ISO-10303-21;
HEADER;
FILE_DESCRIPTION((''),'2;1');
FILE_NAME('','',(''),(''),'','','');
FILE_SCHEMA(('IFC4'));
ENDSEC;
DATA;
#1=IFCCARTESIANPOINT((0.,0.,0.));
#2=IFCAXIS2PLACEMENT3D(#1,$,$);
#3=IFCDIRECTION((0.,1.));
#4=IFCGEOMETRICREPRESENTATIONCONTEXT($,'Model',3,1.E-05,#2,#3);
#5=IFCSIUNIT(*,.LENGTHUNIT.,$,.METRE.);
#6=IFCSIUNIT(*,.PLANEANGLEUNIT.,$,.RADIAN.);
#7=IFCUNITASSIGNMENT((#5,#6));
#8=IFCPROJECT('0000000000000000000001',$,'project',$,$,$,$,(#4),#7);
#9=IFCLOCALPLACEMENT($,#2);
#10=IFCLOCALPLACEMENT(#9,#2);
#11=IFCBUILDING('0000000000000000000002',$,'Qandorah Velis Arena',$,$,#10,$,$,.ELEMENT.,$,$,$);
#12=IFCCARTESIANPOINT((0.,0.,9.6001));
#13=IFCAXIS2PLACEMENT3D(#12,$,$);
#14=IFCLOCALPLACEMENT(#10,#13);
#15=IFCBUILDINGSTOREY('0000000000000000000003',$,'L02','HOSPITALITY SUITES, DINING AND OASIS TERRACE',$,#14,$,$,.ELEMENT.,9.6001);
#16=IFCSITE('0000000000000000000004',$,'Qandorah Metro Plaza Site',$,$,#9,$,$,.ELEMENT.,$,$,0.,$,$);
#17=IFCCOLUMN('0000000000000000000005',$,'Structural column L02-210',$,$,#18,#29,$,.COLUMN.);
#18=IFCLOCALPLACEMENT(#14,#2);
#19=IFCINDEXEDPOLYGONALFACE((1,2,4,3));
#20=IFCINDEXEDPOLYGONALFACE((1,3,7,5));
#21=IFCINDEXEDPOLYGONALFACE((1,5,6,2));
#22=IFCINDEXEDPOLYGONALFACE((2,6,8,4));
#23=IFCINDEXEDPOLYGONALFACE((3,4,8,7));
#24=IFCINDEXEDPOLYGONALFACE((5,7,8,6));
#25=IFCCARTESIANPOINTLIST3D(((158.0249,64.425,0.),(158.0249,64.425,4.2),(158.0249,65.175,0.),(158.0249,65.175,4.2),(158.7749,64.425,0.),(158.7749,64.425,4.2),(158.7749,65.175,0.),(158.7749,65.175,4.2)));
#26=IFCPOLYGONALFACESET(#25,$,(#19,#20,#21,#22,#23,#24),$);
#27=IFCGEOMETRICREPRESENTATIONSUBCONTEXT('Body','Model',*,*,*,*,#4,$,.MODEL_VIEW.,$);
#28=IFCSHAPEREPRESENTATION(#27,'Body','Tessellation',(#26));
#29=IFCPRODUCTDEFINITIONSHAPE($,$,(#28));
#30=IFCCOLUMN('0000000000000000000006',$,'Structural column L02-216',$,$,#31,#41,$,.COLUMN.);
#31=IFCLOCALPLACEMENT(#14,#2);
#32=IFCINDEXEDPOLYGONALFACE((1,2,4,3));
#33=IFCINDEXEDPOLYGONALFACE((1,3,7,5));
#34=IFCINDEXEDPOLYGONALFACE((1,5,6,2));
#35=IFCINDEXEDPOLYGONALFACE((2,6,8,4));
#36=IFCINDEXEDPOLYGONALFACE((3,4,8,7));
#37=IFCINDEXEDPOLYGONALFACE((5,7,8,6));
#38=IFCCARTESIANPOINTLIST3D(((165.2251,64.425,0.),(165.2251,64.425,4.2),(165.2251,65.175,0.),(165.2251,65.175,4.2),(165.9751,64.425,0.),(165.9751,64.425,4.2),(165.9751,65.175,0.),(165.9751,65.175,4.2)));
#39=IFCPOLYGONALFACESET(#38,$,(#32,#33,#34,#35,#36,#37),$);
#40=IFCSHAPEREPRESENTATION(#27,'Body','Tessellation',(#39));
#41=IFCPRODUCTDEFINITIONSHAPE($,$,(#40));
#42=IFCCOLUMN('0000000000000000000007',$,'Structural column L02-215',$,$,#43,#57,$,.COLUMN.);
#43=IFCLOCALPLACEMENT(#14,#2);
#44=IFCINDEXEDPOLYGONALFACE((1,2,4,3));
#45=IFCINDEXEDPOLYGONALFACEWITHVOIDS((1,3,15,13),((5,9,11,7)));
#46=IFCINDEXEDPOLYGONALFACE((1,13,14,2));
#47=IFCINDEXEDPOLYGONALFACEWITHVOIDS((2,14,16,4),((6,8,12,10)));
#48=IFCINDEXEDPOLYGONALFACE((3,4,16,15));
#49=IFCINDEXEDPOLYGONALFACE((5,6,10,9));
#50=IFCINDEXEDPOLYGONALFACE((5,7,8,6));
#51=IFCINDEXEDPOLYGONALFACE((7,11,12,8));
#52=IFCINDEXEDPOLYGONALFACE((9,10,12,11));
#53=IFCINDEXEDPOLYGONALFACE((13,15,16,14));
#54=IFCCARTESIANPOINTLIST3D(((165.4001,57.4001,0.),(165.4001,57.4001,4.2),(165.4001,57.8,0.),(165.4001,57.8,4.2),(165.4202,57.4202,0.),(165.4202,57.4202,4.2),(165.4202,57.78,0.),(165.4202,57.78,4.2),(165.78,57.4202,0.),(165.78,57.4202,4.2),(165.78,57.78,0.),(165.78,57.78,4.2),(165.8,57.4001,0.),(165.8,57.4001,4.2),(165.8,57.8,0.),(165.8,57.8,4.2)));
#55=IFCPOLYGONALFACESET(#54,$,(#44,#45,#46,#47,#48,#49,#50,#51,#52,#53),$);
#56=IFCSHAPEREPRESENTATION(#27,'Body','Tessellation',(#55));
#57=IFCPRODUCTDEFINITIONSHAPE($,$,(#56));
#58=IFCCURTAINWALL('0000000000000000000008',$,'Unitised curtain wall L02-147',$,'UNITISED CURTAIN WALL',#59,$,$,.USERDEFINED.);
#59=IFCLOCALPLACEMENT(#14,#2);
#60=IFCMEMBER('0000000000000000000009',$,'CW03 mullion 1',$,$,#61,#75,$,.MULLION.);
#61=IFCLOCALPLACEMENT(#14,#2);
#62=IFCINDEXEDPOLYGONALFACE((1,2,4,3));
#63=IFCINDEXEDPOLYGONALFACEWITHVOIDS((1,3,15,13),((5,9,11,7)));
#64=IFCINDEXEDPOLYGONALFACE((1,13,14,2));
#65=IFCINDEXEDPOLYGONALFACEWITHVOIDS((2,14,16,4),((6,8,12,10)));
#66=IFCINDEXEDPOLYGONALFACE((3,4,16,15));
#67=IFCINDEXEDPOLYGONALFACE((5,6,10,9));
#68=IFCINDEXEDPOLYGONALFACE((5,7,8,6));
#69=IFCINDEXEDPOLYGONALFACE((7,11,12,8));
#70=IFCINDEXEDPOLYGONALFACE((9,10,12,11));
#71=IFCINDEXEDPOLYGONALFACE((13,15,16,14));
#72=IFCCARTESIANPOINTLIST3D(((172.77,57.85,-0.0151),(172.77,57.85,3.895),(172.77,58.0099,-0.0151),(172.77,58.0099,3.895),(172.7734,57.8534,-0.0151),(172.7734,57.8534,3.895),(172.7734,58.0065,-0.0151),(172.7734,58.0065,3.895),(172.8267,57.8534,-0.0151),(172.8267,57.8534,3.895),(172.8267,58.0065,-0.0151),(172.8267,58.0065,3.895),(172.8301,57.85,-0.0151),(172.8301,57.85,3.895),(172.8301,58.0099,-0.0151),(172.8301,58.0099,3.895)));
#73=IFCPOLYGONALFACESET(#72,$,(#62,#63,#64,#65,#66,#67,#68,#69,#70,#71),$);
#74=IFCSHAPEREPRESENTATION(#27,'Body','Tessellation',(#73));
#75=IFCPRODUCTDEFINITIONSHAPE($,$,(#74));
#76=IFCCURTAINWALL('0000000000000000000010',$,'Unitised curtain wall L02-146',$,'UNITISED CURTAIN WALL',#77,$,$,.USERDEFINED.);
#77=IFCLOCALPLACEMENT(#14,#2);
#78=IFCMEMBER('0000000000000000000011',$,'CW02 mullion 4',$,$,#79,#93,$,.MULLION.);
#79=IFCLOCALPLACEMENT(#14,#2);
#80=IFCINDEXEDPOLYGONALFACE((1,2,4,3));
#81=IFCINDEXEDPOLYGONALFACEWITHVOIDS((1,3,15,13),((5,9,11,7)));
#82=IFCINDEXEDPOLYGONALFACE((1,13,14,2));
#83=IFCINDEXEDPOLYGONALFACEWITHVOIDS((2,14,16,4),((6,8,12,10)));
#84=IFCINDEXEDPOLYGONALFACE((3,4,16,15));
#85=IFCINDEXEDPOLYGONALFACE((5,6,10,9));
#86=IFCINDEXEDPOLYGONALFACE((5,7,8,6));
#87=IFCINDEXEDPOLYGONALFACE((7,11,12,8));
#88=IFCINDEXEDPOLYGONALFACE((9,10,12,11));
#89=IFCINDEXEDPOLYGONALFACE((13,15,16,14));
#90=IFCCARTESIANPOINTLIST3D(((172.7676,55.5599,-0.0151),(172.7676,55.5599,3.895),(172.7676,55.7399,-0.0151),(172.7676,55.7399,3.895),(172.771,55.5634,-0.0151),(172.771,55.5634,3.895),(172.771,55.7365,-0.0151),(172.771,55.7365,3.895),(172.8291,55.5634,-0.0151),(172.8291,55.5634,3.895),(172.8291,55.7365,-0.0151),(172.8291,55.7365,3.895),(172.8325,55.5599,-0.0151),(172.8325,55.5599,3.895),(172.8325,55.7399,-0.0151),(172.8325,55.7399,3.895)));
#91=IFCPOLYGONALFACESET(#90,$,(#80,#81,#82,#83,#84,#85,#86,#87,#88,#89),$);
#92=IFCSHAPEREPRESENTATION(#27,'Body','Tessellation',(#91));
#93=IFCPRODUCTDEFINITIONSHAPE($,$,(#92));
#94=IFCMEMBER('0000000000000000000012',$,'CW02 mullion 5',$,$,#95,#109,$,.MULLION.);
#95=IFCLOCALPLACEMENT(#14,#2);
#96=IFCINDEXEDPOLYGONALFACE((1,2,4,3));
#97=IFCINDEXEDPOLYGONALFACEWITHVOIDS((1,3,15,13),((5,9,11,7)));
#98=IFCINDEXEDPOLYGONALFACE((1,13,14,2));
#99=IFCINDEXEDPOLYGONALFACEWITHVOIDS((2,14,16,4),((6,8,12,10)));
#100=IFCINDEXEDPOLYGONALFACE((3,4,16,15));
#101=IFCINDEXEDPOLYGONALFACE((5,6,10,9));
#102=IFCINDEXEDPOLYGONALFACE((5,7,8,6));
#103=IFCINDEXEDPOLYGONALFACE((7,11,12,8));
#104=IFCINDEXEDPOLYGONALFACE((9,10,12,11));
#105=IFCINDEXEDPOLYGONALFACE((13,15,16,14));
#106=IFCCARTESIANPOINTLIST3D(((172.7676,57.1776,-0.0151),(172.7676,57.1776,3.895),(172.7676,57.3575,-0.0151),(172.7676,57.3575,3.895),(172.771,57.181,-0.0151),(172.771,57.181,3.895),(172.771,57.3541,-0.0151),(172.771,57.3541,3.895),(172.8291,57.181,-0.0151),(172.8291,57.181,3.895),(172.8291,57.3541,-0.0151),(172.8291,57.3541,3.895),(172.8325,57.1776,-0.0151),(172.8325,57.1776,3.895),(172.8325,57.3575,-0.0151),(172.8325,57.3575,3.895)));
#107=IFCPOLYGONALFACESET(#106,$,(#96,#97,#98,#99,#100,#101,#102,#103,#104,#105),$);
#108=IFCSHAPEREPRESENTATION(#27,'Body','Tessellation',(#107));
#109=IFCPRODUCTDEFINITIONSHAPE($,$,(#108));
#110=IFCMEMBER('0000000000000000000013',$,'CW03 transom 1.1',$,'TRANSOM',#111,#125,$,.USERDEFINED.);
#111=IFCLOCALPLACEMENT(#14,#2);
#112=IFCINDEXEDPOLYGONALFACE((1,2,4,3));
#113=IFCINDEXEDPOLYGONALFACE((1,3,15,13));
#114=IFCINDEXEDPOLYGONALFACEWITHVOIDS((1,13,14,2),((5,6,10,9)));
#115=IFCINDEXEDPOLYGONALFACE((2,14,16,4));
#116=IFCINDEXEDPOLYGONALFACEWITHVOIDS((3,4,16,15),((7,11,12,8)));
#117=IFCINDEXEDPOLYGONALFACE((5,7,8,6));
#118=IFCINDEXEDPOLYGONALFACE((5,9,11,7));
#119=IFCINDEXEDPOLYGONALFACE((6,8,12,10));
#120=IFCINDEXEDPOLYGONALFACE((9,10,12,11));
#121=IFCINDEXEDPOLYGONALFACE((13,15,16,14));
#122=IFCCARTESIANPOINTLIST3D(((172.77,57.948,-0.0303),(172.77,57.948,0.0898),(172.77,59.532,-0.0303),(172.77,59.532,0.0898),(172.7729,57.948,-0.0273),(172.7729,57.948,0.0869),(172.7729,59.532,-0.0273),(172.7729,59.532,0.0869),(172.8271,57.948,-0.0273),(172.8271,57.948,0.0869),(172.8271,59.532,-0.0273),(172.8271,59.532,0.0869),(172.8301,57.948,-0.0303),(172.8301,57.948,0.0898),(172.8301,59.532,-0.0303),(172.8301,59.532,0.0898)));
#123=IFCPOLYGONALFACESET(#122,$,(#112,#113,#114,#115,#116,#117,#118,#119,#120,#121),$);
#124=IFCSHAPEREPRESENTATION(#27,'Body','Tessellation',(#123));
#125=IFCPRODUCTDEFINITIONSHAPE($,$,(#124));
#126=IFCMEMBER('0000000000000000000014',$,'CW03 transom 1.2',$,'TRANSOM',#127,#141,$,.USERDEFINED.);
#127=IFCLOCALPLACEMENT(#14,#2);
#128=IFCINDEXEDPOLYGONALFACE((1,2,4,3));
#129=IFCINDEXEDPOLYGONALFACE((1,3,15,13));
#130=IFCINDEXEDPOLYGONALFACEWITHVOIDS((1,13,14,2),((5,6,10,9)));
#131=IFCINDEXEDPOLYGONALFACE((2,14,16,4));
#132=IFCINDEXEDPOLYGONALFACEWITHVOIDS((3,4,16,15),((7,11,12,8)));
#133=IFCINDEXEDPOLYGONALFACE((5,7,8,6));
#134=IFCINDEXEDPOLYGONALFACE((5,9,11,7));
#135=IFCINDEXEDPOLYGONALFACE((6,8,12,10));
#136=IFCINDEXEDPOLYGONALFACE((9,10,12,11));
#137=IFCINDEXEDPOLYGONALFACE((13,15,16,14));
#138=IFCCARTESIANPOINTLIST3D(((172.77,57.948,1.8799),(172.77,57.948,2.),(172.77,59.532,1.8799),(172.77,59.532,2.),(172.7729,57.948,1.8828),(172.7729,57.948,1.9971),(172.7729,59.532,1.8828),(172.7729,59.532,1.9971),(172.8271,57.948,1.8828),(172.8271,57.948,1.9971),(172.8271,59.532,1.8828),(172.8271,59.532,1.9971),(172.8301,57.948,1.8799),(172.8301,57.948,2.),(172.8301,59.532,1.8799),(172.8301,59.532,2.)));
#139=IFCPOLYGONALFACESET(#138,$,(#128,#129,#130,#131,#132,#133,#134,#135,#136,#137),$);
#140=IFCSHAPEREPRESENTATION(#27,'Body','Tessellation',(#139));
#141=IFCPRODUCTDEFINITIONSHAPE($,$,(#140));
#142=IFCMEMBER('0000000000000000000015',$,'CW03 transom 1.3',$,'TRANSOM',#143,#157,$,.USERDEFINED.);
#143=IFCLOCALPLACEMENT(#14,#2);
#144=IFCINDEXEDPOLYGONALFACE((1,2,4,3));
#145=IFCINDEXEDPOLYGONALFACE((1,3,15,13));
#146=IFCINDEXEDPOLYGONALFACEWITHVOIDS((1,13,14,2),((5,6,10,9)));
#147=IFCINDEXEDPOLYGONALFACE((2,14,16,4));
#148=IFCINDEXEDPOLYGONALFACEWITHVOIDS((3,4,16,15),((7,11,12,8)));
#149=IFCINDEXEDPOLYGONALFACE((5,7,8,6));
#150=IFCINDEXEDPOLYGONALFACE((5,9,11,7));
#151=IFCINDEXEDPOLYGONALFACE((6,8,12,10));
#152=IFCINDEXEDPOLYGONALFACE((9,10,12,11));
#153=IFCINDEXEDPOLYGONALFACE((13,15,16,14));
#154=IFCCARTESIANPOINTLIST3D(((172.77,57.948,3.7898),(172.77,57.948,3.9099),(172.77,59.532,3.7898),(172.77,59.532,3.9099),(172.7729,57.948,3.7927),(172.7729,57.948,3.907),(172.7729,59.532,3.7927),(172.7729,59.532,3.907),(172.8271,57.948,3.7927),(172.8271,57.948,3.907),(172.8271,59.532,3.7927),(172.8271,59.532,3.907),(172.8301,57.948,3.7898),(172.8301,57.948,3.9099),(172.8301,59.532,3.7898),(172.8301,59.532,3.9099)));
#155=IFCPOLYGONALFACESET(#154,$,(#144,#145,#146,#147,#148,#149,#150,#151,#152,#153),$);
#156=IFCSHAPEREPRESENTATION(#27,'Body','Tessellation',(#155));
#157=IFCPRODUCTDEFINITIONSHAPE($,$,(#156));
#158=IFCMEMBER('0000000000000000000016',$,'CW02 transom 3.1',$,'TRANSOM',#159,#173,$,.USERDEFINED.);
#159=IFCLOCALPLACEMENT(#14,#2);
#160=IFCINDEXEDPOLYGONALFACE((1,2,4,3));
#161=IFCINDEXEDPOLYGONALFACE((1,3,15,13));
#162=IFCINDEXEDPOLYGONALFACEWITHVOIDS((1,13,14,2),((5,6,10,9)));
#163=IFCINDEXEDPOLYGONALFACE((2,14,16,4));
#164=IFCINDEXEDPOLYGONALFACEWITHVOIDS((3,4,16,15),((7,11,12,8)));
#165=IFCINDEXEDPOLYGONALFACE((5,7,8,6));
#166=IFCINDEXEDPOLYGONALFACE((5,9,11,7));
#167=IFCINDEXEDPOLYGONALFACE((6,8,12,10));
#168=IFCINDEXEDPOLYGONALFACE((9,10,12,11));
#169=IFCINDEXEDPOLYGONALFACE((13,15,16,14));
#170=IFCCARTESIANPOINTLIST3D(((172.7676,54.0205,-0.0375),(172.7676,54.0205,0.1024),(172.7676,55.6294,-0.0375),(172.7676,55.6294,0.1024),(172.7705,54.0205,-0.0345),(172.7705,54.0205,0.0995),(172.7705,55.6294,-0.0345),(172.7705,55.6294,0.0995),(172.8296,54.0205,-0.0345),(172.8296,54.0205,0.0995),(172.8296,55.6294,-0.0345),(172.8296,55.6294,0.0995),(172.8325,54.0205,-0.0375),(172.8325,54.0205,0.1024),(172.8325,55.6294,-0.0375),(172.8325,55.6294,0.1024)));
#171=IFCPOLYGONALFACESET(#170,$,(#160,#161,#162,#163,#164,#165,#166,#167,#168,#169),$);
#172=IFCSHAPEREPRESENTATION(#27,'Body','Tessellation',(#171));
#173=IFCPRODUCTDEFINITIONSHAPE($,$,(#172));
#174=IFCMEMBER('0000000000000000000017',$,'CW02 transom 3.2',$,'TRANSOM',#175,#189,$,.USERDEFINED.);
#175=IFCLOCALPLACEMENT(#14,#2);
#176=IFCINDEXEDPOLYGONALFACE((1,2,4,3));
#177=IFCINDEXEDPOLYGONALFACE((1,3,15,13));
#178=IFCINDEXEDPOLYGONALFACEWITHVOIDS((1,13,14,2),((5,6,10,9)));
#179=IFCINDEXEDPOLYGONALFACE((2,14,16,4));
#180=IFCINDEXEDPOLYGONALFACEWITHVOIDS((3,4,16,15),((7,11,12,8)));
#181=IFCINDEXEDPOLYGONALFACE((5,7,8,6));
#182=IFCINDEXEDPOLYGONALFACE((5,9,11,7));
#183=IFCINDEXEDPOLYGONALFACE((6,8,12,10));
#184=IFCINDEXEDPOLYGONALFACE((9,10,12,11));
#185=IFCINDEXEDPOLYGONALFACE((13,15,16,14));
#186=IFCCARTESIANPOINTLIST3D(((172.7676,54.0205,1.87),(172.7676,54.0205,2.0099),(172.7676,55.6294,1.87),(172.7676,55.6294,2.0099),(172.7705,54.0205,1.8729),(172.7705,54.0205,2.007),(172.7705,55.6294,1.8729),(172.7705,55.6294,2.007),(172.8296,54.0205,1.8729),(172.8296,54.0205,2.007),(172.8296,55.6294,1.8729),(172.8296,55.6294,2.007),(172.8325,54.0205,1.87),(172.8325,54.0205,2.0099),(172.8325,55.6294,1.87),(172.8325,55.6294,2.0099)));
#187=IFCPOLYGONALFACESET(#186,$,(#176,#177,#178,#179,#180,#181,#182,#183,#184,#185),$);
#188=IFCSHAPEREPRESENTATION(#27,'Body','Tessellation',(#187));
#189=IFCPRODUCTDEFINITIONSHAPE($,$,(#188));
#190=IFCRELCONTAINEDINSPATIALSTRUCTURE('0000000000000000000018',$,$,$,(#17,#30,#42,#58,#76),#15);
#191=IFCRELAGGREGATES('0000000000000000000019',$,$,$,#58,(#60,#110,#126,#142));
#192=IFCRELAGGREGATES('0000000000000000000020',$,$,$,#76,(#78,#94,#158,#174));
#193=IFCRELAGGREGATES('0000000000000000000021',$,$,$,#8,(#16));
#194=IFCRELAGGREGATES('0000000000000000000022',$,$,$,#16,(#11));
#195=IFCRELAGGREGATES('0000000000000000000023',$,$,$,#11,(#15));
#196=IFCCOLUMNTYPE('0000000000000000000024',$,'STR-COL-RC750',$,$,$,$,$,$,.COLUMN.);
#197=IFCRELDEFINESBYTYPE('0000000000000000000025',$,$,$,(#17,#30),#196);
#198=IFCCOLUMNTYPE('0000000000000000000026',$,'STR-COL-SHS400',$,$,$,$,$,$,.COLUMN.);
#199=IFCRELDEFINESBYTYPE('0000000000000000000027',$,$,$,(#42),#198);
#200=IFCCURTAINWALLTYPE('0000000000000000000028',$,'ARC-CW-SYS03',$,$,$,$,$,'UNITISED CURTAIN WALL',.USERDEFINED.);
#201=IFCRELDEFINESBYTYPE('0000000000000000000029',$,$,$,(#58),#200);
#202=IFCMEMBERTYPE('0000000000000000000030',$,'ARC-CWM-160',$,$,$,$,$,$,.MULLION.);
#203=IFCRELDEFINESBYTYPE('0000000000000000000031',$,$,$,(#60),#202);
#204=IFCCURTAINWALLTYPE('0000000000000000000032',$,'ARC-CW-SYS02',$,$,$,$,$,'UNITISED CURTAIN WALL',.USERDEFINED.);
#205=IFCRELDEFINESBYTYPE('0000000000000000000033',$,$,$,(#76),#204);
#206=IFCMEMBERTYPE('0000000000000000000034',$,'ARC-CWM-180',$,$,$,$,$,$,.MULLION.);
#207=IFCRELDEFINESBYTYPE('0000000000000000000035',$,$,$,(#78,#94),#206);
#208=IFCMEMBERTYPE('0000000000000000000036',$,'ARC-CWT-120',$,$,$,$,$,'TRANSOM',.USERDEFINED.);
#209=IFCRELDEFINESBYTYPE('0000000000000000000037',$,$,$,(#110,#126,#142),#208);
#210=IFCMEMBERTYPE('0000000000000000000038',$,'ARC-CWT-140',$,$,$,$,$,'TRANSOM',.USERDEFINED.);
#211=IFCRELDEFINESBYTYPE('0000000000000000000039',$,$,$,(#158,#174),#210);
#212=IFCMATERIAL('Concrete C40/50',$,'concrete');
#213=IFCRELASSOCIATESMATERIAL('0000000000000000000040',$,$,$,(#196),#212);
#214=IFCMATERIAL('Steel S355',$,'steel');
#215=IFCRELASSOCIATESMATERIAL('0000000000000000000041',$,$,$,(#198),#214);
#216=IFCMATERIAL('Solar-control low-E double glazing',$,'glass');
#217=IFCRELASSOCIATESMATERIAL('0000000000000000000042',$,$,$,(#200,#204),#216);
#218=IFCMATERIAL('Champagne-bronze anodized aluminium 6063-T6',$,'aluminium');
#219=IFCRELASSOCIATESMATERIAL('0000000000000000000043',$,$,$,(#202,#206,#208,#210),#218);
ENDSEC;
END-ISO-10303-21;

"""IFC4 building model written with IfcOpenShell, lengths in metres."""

from ifc_helpers import new_model, si_unit, direction, frame, origin, origin_2d, place, context, subcontext, project, spatial, rectangle, hollow_rectangle, extrude, material, material_profile, profile_set, type_object, element, aggregate, save


model = new_model("IFC4")

# Units and contexts
model_context = context("Model", 3, precision=1e-05, world=origin(), true_north=direction((0.0, 1.0)))
body_context = subcontext(model_context, "Body", "Model", "MODEL_VIEW")
ifc_project = project(units=[si_unit("LENGTHUNIT", "METRE"), si_unit("PLANEANGLEUNIT", "RADIAN")], contexts=[model_context])

# Site, building, storey
site_placement = place(None, origin())
site = spatial("IfcSite", under=ifc_project, at=site_placement, Name="Qandorah Metro Plaza Site", CompositionType="ELEMENT", RefElevation=0.0)
building_placement = place(site_placement, origin())
building = spatial("IfcBuilding", under=site, at=building_placement, Name="Qandorah Velis Arena", CompositionType="ELEMENT")
storey_placement = place(building_placement, frame((0.0, 0.0, 9.6001)))
storey = spatial("IfcBuildingStorey", under=building, at=storey_placement, Name="L02", Description="HOSPITALITY SUITES, DINING AND OASIS TERRACE", CompositionType="ELEMENT", Elevation=9.6001)

# Columns
ifc_material_1 = material(Name="Concrete C40/50", Category="concrete")
ifc_material_profile_1 = material_profile(ifc_material_1, rectangle(XDim=0.75, YDim=0.75, at=origin_2d()), Name="RC COL 750x750")
ifc_profile_set_1 = profile_set([ifc_material_profile_1], Name="Concrete C40/50")
column_type_1 = type_object("IfcColumnType", Name="STR-COL-RC750", PredefinedType="COLUMN", material=ifc_profile_set_1)
for number, where, z_axis, x_axis, name in (
    (1, (158.3999, 64.8, 0.0), (0.0, 0.0, 1.0), (1.0, 0.0, 0.0), "Structural column L02-210"),
    (2, (165.6001, 64.8, 0.0), (0.0, 0.0, 1.0), (1.0, 0.0, 0.0), "Structural column L02-216"),
):
    element("IfcColumn", number, at=place(storey_placement, frame(where, z_axis=z_axis, x_axis=x_axis)), inside=storey, type_object=column_type_1, Name=name, PredefinedType="COLUMN", context=body_context, shape_type="SweptSolid", body=[
        extrude(rectangle(XDim=0.75, YDim=0.75, at=origin_2d()), origin(), (0.0, 0.0, 1.0), 4.2),
    ])
ifc_material_2 = material(Name="Steel S355", Category="steel")
ifc_material_profile_2 = material_profile(ifc_material_2, hollow_rectangle(XDim=0.3999, YDim=0.3999, WallThickness=0.02, at=origin_2d()), Name="SHS 400x400x20")
ifc_profile_set_2 = profile_set([ifc_material_profile_2], Name="Steel S355")
column_type_2 = type_object("IfcColumnType", Name="STR-COL-SHS400", PredefinedType="COLUMN", material=ifc_profile_set_2)
column_placement = place(storey_placement, frame((165.6001, 57.6001, 0.0), z_axis=(0.0, 0.0, 1.0), x_axis=(1.0, 0.0, 0.0)))
element("IfcColumn", 3, at=column_placement, inside=storey, type_object=column_type_2, Name="Structural column L02-215", PredefinedType="COLUMN", context=body_context, shape_type="SweptSolid", body=[
    extrude(hollow_rectangle(XDim=0.3999, YDim=0.3999, WallThickness=0.02, at=origin_2d()), origin(), (0.0, 0.0, 1.0), 4.2),
])

# Curtain wall, member
ifc_material_3 = material(Name="Solar-control low-E double glazing", Category="glass")
curtain_wall_type_1 = type_object("IfcCurtainWallType", Name="ARC-CW-SYS03", ElementType="UNITISED CURTAIN WALL", PredefinedType="USERDEFINED", material=ifc_material_3)
curtain_wall_1_placement = place(storey_placement, origin())
curtain_wall_1 = element("IfcCurtainWall", 4, at=curtain_wall_1_placement, inside=storey, type_object=curtain_wall_type_1, Name="Unitised curtain wall L02-147", ObjectType="UNITISED CURTAIN WALL", PredefinedType="USERDEFINED")
ifc_material_4 = material(Name="Champagne-bronze anodized aluminium 6063-T6", Category="aluminium")
ifc_material_profile_3 = material_profile(ifc_material_4, hollow_rectangle(XDim=0.0601, YDim=0.1599, WallThickness=0.0034, at=origin_2d()), Name="ALU MULLION 60x160")
ifc_profile_set_3 = profile_set([ifc_material_profile_3], Name="Champagne-bronze anodized aluminium 6063-T6")
member_type_1 = type_object("IfcMemberType", Name="ARC-CWM-160", PredefinedType="MULLION", material=ifc_profile_set_3)
member_1_placement = place(storey_placement, frame((172.8, 57.9299, -0.0151), z_axis=(0.0, 0.0, 1.0), x_axis=(-1.0, 0.0, 0.0)))
member_1 = element("IfcMember", 5, at=member_1_placement, type_object=member_type_1, Name="CW03 mullion 1", PredefinedType="MULLION", context=body_context, shape_type="SweptSolid", body=[
    extrude(hollow_rectangle(XDim=0.0601, YDim=0.1599, WallThickness=0.0034, at=origin_2d()), origin(), (0.0, 0.0, 1.0), 3.9102),
])

# Curtain wall, members
curtain_wall_type_2 = type_object("IfcCurtainWallType", Name="ARC-CW-SYS02", ElementType="UNITISED CURTAIN WALL", PredefinedType="USERDEFINED", material=ifc_material_3)
curtain_wall_2_placement = place(storey_placement, origin())
curtain_wall_2 = element("IfcCurtainWall", 6, at=curtain_wall_2_placement, inside=storey, type_object=curtain_wall_type_2, Name="Unitised curtain wall L02-146", ObjectType="UNITISED CURTAIN WALL", PredefinedType="USERDEFINED")
ifc_material_profile_4 = material_profile(ifc_material_4, hollow_rectangle(XDim=0.0649, YDim=0.1799, WallThickness=0.0034, at=origin_2d()), Name="ALU MULLION 65x180")
ifc_profile_set_4 = profile_set([ifc_material_profile_4], Name="Champagne-bronze anodized aluminium 6063-T6")
member_type_2 = type_object("IfcMemberType", Name="ARC-CWM-180", PredefinedType="MULLION", material=ifc_profile_set_4)
member_2_placement = place(storey_placement, frame((172.8, 55.6499, -0.0151), z_axis=(0.0, 0.0, 1.0), x_axis=(-1.0, 0.0, 0.0)))
member_2 = element("IfcMember", 7, at=member_2_placement, type_object=member_type_2, Name="CW02 mullion 4", PredefinedType="MULLION", context=body_context, shape_type="SweptSolid", body=[
    extrude(hollow_rectangle(XDim=0.0649, YDim=0.1799, WallThickness=0.0034, at=origin_2d()), origin(), (0.0, 0.0, 1.0), 3.9102),
])
member_3_placement = place(storey_placement, frame((172.8, 57.2676, -0.0151), z_axis=(0.0, 0.0, 1.0), x_axis=(-1.0, 0.0, 0.0)))
member_3 = element("IfcMember", 8, at=member_3_placement, type_object=member_type_2, Name="CW02 mullion 5", PredefinedType="MULLION", context=body_context, shape_type="SweptSolid", body=[
    extrude(hollow_rectangle(XDim=0.0649, YDim=0.1799, WallThickness=0.0034, at=origin_2d()), origin(), (0.0, 0.0, 1.0), 3.9102),
])

# Members
ifc_material_profile_5 = material_profile(ifc_material_4, hollow_rectangle(XDim=0.0601, YDim=0.1201, WallThickness=0.0029, at=origin_2d()), Name="ALU TRANSOM 60x120")
ifc_profile_set_5 = profile_set([ifc_material_profile_5], Name="Champagne-bronze anodized aluminium 6063-T6")
member_type_3 = type_object("IfcMemberType", Name="ARC-CWT-120", ElementType="TRANSOM", PredefinedType="USERDEFINED", material=ifc_profile_set_5)
member_4_placement = place(storey_placement, frame((172.8, 57.948, 0.0298), z_axis=(0.0, 1.0, 0.0), x_axis=(-1.0, 0.0, 0.0)))
member_4 = element("IfcMember", 9, at=member_4_placement, type_object=member_type_3, Name="CW03 transom 1.1", ObjectType="TRANSOM", PredefinedType="USERDEFINED", context=body_context, shape_type="SweptSolid", body=[
    extrude(hollow_rectangle(XDim=0.0601, YDim=0.1201, WallThickness=0.0029, at=origin_2d()), origin(), (0.0, 0.0, 1.0), 1.584),
])
member_5_placement = place(storey_placement, frame((172.8, 57.948, 1.9399), z_axis=(0.0, 1.0, 0.0), x_axis=(-1.0, 0.0, 0.0)))
member_5 = element("IfcMember", 10, at=member_5_placement, type_object=member_type_3, Name="CW03 transom 1.2", ObjectType="TRANSOM", PredefinedType="USERDEFINED", context=body_context, shape_type="SweptSolid", body=[
    extrude(hollow_rectangle(XDim=0.0601, YDim=0.1201, WallThickness=0.0029, at=origin_2d()), origin(), (0.0, 0.0, 1.0), 1.584),
])
member_6_placement = place(storey_placement, frame((172.8, 57.948, 3.8499), z_axis=(0.0, 1.0, 0.0), x_axis=(-1.0, 0.0, 0.0)))
member_6 = element("IfcMember", 11, at=member_6_placement, type_object=member_type_3, Name="CW03 transom 1.3", ObjectType="TRANSOM", PredefinedType="USERDEFINED", context=body_context, shape_type="SweptSolid", body=[
    extrude(hollow_rectangle(XDim=0.0601, YDim=0.1201, WallThickness=0.0029, at=origin_2d()), origin(), (0.0, 0.0, 1.0), 1.584),
])
aggregate(curtain_wall_1, [member_1, member_4, member_5, member_6])
ifc_material_profile_6 = material_profile(ifc_material_4, hollow_rectangle(XDim=0.0649, YDim=0.1399, WallThickness=0.0029, at=origin_2d()), Name="ALU TRANSOM 65x140")
ifc_profile_set_6 = profile_set([ifc_material_profile_6], Name="Champagne-bronze anodized aluminium 6063-T6")
member_type_4 = type_object("IfcMemberType", Name="ARC-CWT-140", ElementType="TRANSOM", PredefinedType="USERDEFINED", material=ifc_profile_set_6)
member_7_placement = place(storey_placement, frame((172.8, 54.0205, 0.0325), z_axis=(0.0, 1.0, 0.0), x_axis=(-1.0, 0.0, 0.0)))
member_7 = element("IfcMember", 12, at=member_7_placement, type_object=member_type_4, Name="CW02 transom 3.1", ObjectType="TRANSOM", PredefinedType="USERDEFINED", context=body_context, shape_type="SweptSolid", body=[
    extrude(hollow_rectangle(XDim=0.0649, YDim=0.1399, WallThickness=0.0029, at=origin_2d()), origin(), (0.0, 0.0, 1.0), 1.6089),
])
member_8_placement = place(storey_placement, frame((172.8, 54.0205, 1.9399), z_axis=(0.0, 1.0, 0.0), x_axis=(-1.0, 0.0, 0.0)))
member_8 = element("IfcMember", 13, at=member_8_placement, type_object=member_type_4, Name="CW02 transom 3.2", ObjectType="TRANSOM", PredefinedType="USERDEFINED", context=body_context, shape_type="SweptSolid", body=[
    extrude(hollow_rectangle(XDim=0.0649, YDim=0.1399, WallThickness=0.0029, at=origin_2d()), origin(), (0.0, 0.0, 1.0), 1.6089),
])

aggregate(curtain_wall_2, [member_2, member_3, member_7, member_8])

save(model, "model.ifc")
